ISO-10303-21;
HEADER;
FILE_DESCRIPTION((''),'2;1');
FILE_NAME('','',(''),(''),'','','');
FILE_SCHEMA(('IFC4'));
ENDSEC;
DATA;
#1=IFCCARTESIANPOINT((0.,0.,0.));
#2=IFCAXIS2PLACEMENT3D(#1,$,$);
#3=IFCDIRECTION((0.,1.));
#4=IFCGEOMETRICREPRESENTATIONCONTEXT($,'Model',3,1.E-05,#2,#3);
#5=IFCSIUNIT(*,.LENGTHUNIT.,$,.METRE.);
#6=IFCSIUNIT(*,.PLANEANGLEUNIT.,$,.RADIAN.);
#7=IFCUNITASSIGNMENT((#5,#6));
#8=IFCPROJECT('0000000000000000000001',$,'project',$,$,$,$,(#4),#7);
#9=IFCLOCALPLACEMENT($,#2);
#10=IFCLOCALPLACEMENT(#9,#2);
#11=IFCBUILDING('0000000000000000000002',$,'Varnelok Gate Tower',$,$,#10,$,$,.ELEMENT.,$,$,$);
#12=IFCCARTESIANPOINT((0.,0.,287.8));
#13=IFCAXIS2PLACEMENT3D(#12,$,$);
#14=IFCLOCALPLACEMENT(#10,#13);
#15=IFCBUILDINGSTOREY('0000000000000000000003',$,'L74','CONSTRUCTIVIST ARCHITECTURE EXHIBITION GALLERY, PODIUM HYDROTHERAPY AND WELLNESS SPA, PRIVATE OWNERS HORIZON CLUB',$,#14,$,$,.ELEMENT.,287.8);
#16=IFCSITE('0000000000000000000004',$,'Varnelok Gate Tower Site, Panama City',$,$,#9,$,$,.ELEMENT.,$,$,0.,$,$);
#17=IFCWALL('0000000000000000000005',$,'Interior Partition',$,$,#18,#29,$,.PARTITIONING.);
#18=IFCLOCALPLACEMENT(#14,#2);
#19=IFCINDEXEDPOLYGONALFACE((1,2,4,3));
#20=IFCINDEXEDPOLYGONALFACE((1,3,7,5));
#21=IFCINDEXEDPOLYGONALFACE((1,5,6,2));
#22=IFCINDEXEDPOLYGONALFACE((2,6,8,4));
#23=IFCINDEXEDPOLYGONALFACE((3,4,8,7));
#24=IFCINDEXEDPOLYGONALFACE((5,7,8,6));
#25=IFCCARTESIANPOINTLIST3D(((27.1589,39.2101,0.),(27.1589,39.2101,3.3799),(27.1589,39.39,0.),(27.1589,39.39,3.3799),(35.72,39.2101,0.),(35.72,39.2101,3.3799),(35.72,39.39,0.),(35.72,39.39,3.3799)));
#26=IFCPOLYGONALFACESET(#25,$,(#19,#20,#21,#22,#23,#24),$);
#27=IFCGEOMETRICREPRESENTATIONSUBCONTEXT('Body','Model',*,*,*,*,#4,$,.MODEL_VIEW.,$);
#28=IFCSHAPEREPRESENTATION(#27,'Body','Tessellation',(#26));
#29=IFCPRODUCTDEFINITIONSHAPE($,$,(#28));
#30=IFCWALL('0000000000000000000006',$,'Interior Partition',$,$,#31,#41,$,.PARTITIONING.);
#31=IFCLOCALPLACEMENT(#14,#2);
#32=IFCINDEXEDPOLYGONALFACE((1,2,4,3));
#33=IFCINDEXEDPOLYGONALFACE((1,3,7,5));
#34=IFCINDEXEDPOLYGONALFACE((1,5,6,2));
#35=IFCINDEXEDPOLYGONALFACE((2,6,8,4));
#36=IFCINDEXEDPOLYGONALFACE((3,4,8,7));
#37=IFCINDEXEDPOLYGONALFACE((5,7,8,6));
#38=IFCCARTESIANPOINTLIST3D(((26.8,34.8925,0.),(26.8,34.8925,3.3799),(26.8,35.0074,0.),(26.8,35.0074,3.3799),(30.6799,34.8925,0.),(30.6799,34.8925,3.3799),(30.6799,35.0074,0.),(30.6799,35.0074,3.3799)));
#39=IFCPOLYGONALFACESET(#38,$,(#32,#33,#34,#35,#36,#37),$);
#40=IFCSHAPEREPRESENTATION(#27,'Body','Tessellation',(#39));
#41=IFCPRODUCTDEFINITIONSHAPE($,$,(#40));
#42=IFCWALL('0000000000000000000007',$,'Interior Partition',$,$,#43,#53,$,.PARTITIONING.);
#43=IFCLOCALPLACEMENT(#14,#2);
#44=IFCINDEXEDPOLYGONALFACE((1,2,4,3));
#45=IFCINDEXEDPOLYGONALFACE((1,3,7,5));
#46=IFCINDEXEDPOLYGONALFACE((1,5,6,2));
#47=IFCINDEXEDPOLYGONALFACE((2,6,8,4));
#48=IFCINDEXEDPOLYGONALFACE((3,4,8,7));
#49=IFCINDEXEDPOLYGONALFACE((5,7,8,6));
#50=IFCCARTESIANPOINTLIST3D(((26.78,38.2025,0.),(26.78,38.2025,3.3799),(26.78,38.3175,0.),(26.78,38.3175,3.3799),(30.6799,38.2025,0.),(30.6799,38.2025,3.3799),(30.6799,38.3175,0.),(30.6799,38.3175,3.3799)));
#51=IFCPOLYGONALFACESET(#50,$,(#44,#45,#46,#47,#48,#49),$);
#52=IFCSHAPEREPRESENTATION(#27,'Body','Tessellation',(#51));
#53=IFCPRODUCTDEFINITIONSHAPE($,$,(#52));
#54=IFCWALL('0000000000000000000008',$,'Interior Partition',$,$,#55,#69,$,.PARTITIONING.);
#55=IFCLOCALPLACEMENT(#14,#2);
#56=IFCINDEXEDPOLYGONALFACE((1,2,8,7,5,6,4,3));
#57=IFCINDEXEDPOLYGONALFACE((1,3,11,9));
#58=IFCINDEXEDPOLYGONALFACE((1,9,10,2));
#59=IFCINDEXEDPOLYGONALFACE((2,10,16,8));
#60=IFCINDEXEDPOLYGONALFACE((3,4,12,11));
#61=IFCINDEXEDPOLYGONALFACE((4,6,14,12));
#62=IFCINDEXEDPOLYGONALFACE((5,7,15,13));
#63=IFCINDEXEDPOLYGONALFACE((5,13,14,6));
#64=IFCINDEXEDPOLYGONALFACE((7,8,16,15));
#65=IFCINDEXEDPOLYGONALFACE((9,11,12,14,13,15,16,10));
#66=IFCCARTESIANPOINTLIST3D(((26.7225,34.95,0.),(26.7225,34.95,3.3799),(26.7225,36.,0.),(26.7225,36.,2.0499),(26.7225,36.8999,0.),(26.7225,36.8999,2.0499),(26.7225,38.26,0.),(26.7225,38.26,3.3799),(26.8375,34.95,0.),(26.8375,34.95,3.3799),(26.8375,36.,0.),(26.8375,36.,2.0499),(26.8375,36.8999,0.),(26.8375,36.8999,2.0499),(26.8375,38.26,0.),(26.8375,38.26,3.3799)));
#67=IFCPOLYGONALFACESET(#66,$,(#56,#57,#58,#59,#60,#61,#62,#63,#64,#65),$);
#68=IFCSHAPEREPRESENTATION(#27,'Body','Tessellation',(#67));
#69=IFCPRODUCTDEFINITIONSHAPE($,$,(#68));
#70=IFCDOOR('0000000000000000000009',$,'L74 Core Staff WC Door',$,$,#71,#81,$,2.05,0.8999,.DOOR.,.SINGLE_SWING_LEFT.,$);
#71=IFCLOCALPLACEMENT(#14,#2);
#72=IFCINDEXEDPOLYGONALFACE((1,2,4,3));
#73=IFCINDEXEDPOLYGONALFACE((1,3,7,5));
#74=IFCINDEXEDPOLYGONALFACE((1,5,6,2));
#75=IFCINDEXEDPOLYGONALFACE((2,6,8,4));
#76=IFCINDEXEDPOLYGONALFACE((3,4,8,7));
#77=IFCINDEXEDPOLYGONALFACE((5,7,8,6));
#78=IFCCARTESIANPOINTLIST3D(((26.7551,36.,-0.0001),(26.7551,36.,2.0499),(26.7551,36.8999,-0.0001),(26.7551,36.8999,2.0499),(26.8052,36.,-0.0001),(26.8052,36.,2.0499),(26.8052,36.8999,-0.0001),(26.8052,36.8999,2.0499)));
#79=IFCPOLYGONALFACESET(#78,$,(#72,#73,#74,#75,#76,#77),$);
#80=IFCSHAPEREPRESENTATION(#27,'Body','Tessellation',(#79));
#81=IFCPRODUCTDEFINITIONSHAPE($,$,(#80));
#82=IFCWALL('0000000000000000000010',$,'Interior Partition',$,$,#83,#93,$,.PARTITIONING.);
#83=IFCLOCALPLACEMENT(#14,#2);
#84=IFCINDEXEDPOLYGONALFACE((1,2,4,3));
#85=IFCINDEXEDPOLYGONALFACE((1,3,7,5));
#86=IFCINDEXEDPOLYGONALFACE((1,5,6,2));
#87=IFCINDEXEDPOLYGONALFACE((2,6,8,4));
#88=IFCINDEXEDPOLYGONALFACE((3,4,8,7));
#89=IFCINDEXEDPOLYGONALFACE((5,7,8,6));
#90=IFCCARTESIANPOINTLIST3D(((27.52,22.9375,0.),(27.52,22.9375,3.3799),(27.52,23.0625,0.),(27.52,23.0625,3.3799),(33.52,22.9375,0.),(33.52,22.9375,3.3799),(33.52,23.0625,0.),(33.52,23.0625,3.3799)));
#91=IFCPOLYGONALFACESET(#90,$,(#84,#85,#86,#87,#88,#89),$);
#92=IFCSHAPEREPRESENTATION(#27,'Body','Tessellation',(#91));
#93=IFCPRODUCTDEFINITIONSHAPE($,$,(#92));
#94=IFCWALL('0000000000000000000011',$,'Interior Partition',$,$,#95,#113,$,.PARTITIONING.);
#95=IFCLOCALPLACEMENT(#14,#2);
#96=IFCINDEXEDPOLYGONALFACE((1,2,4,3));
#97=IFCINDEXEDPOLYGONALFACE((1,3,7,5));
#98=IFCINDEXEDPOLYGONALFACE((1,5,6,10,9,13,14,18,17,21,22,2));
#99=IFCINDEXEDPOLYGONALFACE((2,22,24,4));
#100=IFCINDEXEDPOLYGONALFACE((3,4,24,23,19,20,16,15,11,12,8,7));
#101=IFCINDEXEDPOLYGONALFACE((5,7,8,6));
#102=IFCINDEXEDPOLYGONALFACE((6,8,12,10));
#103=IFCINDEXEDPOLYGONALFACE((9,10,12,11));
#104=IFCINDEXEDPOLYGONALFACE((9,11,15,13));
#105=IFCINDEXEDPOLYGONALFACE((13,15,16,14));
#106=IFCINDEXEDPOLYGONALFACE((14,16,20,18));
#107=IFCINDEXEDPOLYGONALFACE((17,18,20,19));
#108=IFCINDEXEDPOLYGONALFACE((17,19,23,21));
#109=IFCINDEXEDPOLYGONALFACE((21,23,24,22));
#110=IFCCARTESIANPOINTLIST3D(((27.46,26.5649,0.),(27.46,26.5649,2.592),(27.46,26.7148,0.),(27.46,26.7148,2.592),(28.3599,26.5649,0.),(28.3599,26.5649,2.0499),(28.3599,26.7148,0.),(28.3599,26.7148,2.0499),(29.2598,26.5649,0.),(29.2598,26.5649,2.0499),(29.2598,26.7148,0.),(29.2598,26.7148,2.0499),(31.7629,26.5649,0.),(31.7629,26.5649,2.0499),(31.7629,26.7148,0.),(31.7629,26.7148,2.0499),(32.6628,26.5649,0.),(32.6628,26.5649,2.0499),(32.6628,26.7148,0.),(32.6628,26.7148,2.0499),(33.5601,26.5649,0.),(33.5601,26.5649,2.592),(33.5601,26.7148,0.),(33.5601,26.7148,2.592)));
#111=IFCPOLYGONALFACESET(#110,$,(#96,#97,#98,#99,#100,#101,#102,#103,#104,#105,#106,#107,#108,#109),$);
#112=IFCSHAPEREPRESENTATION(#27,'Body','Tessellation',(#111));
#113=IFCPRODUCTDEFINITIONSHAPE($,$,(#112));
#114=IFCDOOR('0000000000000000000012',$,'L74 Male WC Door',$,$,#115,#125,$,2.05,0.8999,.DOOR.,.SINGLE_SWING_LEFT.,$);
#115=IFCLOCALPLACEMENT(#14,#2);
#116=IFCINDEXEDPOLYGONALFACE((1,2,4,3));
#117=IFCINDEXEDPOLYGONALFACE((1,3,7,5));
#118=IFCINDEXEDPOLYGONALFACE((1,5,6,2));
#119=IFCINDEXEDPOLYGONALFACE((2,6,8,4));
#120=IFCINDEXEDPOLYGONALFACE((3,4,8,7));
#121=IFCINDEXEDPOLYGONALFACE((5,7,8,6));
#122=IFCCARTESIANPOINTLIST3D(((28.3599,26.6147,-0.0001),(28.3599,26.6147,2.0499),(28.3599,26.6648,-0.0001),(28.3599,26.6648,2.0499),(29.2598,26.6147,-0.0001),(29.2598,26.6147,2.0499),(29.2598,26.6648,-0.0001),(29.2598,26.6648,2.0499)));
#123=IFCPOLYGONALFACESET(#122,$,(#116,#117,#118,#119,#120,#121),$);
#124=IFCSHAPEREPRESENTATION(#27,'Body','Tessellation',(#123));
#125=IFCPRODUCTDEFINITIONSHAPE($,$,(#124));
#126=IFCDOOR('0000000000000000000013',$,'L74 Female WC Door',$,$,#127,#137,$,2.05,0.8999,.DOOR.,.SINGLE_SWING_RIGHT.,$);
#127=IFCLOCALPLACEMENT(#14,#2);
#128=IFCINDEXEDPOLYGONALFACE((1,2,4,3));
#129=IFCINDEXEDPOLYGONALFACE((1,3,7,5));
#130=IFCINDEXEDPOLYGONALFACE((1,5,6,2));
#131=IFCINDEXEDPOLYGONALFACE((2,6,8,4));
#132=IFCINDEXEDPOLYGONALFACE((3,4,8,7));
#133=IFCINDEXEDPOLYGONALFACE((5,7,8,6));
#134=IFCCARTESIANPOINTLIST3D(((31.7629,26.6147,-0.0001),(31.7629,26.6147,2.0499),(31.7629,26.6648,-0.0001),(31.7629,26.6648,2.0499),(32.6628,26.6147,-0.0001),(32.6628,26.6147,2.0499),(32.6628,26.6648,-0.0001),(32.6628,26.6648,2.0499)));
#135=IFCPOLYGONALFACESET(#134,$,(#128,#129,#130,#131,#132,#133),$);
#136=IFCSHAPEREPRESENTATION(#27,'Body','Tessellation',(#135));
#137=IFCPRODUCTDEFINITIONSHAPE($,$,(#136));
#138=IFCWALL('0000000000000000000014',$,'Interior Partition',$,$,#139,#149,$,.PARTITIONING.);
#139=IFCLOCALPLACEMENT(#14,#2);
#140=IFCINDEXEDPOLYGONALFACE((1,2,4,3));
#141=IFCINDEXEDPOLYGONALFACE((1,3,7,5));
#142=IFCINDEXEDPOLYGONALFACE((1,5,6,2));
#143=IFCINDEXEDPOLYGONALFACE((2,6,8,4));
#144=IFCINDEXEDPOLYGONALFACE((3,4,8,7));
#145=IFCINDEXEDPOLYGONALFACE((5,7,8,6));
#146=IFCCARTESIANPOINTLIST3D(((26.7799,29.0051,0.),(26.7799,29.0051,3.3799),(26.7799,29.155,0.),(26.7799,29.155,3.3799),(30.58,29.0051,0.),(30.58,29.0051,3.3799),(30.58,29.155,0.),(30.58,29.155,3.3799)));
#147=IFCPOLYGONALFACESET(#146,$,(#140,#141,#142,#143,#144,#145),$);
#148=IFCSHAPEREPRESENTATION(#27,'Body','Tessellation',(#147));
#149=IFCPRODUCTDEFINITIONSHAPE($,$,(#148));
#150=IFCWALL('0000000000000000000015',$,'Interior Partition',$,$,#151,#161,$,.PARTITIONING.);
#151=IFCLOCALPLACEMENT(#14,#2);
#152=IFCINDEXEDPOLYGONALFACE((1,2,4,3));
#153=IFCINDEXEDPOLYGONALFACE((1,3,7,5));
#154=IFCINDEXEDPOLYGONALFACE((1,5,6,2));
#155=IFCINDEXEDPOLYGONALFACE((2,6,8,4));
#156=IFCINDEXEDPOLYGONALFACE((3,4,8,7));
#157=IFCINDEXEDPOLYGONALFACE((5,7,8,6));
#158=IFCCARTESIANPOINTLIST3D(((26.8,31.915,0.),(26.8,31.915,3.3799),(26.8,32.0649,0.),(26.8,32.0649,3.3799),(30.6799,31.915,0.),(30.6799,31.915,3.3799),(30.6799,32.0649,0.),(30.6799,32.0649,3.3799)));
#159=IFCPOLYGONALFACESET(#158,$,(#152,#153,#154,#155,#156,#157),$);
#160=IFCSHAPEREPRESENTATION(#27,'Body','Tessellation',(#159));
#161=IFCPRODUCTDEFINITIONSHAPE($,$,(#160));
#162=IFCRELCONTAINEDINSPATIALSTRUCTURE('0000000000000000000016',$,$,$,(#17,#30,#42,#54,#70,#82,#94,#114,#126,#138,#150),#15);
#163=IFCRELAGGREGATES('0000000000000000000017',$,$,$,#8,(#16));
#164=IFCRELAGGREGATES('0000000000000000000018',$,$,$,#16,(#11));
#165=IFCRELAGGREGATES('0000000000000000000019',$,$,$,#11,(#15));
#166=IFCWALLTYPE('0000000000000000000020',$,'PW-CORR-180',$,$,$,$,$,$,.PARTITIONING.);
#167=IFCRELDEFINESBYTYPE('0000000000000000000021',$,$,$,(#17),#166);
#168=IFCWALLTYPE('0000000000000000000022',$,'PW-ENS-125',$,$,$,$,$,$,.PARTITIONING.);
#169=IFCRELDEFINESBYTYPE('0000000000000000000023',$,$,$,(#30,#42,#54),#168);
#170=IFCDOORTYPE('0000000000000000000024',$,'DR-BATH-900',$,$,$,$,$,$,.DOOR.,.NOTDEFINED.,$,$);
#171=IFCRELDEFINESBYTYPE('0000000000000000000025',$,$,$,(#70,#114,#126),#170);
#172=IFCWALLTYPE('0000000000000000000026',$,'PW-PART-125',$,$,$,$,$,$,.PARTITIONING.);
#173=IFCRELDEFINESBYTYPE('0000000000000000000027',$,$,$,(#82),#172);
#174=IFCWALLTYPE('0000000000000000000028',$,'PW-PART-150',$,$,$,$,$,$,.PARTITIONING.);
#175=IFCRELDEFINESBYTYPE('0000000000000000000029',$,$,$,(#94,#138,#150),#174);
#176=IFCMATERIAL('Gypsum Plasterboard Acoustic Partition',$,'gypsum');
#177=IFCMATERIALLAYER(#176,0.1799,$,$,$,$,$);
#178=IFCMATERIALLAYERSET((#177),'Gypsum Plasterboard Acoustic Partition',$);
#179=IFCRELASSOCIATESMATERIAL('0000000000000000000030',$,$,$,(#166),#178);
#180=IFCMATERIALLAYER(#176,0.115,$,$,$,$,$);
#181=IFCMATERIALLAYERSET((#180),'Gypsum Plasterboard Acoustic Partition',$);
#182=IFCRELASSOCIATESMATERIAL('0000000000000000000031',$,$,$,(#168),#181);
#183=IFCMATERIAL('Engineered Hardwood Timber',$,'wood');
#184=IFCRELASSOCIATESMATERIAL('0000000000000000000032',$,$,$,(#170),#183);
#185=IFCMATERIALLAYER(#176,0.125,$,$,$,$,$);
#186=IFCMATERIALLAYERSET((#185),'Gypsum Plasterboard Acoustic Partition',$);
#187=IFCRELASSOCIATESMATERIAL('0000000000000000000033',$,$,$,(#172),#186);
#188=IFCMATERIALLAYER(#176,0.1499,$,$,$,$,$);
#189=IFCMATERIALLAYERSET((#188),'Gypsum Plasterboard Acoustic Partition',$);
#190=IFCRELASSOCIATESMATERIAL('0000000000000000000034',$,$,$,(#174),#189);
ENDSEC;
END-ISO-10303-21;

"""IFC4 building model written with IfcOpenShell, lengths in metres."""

from ifc_helpers import new_model, si_unit, direction, frame, frame_2d, origin, place, context, subcontext, project, spatial, rectangle, extrude, material, layer, layer_set, type_object, element, fill, save


model = new_model("IFC4")

# Units and contexts
model_context = context("Model", 3, precision=1e-05, world=origin(), true_north=direction((0.0, 1.0)))
body_context = subcontext(model_context, "Body", "Model", "MODEL_VIEW")
ifc_project = project(units=[si_unit("LENGTHUNIT", "METRE"), si_unit("PLANEANGLEUNIT", "RADIAN")], contexts=[model_context])

# Site, building, storey
site_placement = place(None, origin())
site = spatial("IfcSite", under=ifc_project, at=site_placement, Name="Varnelok Gate Tower Site, Panama City", CompositionType="ELEMENT", RefElevation=0.0)
building_placement = place(site_placement, origin())
building = spatial("IfcBuilding", under=site, at=building_placement, Name="Varnelok Gate Tower", CompositionType="ELEMENT")
storey_placement = place(building_placement, frame((0.0, 0.0, 287.8)))
storey = spatial("IfcBuildingStorey", under=building, at=storey_placement, Name="L74", Description="CONSTRUCTIVIST ARCHITECTURE EXHIBITION GALLERY, PODIUM HYDROTHERAPY AND WELLNESS SPA, PRIVATE OWNERS HORIZON CLUB", CompositionType="ELEMENT", Elevation=287.8)

# Walls
ifc_material_1 = material(Name="Gypsum Plasterboard Acoustic Partition", Category="gypsum")
ifc_layer_1 = layer(ifc_material_1, 0.1799)
ifc_layer_set_1 = layer_set([ifc_layer_1], Name="Gypsum Plasterboard Acoustic Partition")
wall_type_1 = type_object("IfcWallType", Name="PW-CORR-180", PredefinedType="PARTITIONING", material=ifc_layer_set_1)
wall_1_placement = place(storey_placement, frame((27.1589, 39.3, 0.0), z_axis=(0.0, 0.0, 1.0), x_axis=(1.0, 0.0, 0.0)))
element("IfcWall", 1, at=wall_1_placement, inside=storey, type_object=wall_type_1, Name="Interior Partition", PredefinedType="PARTITIONING", context=body_context, shape_type="SweptSolid", body=[
    extrude(rectangle(XDim=8.561, YDim=0.1799, at=frame_2d((4.2805, 0.0))), origin(), (0.0, 0.0, 1.0), 3.3799),
])
ifc_layer_2 = layer(ifc_material_1, 0.115)
ifc_layer_set_2 = layer_set([ifc_layer_2], Name="Gypsum Plasterboard Acoustic Partition")
wall_type_2 = type_object("IfcWallType", Name="PW-ENS-125", PredefinedType="PARTITIONING", material=ifc_layer_set_2)
wall_2_placement = place(storey_placement, frame((26.8, 34.95, 0.0), z_axis=(0.0, 0.0, 1.0), x_axis=(1.0, 0.0, 0.0)))
element("IfcWall", 2, at=wall_2_placement, inside=storey, type_object=wall_type_2, Name="Interior Partition", PredefinedType="PARTITIONING", context=body_context, shape_type="SweptSolid", body=[
    extrude(rectangle(XDim=3.8799, YDim=0.115, at=frame_2d((1.9399, 0.0))), origin(), (0.0, 0.0, 1.0), 3.3799),
])
wall_3_placement = place(storey_placement, frame((26.78, 38.26, 0.0), z_axis=(0.0, 0.0, 1.0), x_axis=(1.0, 0.0, 0.0)))
element("IfcWall", 3, at=wall_3_placement, inside=storey, type_object=wall_type_2, Name="Interior Partition", PredefinedType="PARTITIONING", context=body_context, shape_type="SweptSolid", body=[
    extrude(rectangle(XDim=3.8999, YDim=0.115, at=frame_2d((1.95, 0.0))), origin(), (0.0, 0.0, 1.0), 3.3799),
])

# Wall, opening, door
wall_4_placement = place(storey_placement, frame((26.78, 34.95, 0.0), z_axis=(0.0, 0.0, 1.0), x_axis=(0.0, 1.0, 0.0)))
wall_4 = element("IfcWall", 4, at=wall_4_placement, inside=storey, type_object=wall_type_2, Name="Interior Partition", PredefinedType="PARTITIONING", context=body_context, shape_type="SweptSolid", body=[
    extrude(rectangle(XDim=3.3101, YDim=0.115, at=frame_2d((1.655, 0.0))), origin(), (0.0, 0.0, 1.0), 3.3799),
])
opening_1_placement = place(wall_4_placement, frame((1.05, 0.0, 0.0)))
opening_1 = element("IfcOpeningElement", 5, at=opening_1_placement, cuts=wall_4, PredefinedType="OPENING", context=body_context, shape_type="SweptSolid", body=[
    extrude(rectangle(XDim=0.8999, YDim=2.05, at=frame_2d((0.45, 1.0249))), frame((0.0, 0.0674, 0.0), z_axis=(0.0, -1.0, 0.0), x_axis=(1.0, 0.0, 0.0)), (0.0, 0.0, 1.0), 0.135),
])
ifc_material_2 = material(Name="Engineered Hardwood Timber", Category="wood")
door_type_1 = type_object("IfcDoorType", Name="DR-BATH-900", OperationType="NOTDEFINED", PredefinedType="DOOR", material=ifc_material_2)
door_1_placement = place(opening_1_placement, origin())
door_1 = element("IfcDoor", 6, at=door_1_placement, inside=storey, type_object=door_type_1, Name="L74 Core Staff WC Door", OperationType="SINGLE_SWING_LEFT", OverallHeight=2.05, OverallWidth=0.8999, PredefinedType="DOOR", context=body_context, shape_type="SweptSolid", body=[
    extrude(rectangle(XDim=0.8999, YDim=2.05, at=frame_2d((0.45, 1.0249))), frame((0.0, 0.0249, 0.0), z_axis=(0.0, -1.0, 0.0), x_axis=(1.0, 0.0, 0.0)), (0.0, 0.0, 1.0), 0.05),
])
fill(opening_1, door_1)

# Wall
ifc_layer_3 = layer(ifc_material_1, 0.125)
ifc_layer_set_3 = layer_set([ifc_layer_3], Name="Gypsum Plasterboard Acoustic Partition")
wall_type_3 = type_object("IfcWallType", Name="PW-PART-125", PredefinedType="PARTITIONING", material=ifc_layer_set_3)
wall_5_placement = place(storey_placement, frame((27.52, 23.0, 0.0), z_axis=(0.0, 0.0, 1.0), x_axis=(1.0, 0.0, 0.0)))
element("IfcWall", 7, at=wall_5_placement, inside=storey, type_object=wall_type_3, Name="Interior Partition", PredefinedType="PARTITIONING", context=body_context, shape_type="SweptSolid", body=[
    extrude(rectangle(XDim=6.0, YDim=0.125, at=frame_2d((3.0, 0.0))), origin(), (0.0, 0.0, 1.0), 3.3799),
])

# Wall, openings, doors
ifc_layer_4 = layer(ifc_material_1, 0.1499)
ifc_layer_set_4 = layer_set([ifc_layer_4], Name="Gypsum Plasterboard Acoustic Partition")
wall_type_4 = type_object("IfcWallType", Name="PW-PART-150", PredefinedType="PARTITIONING", material=ifc_layer_set_4)
wall_6_placement = place(storey_placement, frame((27.46, 26.6399, 0.0), z_axis=(0.0, 0.0, 1.0), x_axis=(1.0, 0.0, 0.0)))
wall_6 = element("IfcWall", 8, at=wall_6_placement, inside=storey, type_object=wall_type_4, Name="Interior Partition", PredefinedType="PARTITIONING", context=body_context, shape_type="SweptSolid", body=[
    extrude(rectangle(XDim=6.1001, YDim=0.1499, at=frame_2d((3.05, 0.0))), origin(), (0.0, 0.0, 1.0), 2.592),
])
opening_2_placement = place(wall_6_placement, frame((0.8999, 0.0, 0.0)))
opening_2 = element("IfcOpeningElement", 9, at=opening_2_placement, cuts=wall_6, PredefinedType="OPENING", context=body_context, shape_type="SweptSolid", body=[
    extrude(rectangle(XDim=0.8999, YDim=2.05, at=frame_2d((0.45, 1.0249))), frame((0.0, 0.085, 0.0), z_axis=(0.0, -1.0, 0.0), x_axis=(1.0, 0.0, 0.0)), (0.0, 0.0, 1.0), 0.1699),
])
opening_3_placement = place(wall_6_placement, frame((4.303, 0.0, 0.0)))
opening_3 = element("IfcOpeningElement", 10, at=opening_3_placement, cuts=wall_6, PredefinedType="OPENING", context=body_context, shape_type="SweptSolid", body=[
    extrude(rectangle(XDim=0.8999, YDim=2.05, at=frame_2d((0.45, 1.0249))), frame((0.0, 0.085, 0.0), z_axis=(0.0, -1.0, 0.0), x_axis=(1.0, 0.0, 0.0)), (0.0, 0.0, 1.0), 0.1699),
])
door_2_placement = place(opening_2_placement, origin())
door_2 = element("IfcDoor", 11, at=door_2_placement, inside=storey, type_object=door_type_1, Name="L74 Male WC Door", OperationType="SINGLE_SWING_LEFT", OverallHeight=2.05, OverallWidth=0.8999, PredefinedType="DOOR", context=body_context, shape_type="SweptSolid", body=[
    extrude(rectangle(XDim=0.8999, YDim=2.05, at=frame_2d((0.45, 1.0249))), frame((0.0, 0.0249, 0.0), z_axis=(0.0, -1.0, 0.0), x_axis=(1.0, 0.0, 0.0)), (0.0, 0.0, 1.0), 0.05),
])
fill(opening_2, door_2)
door_3_placement = place(opening_3_placement, origin())
door_3 = element("IfcDoor", 12, at=door_3_placement, inside=storey, type_object=door_type_1, Name="L74 Female WC Door", OperationType="SINGLE_SWING_RIGHT", OverallHeight=2.05, OverallWidth=0.8999, PredefinedType="DOOR", context=body_context, shape_type="SweptSolid", body=[
    extrude(rectangle(XDim=0.8999, YDim=2.05, at=frame_2d((0.45, 1.0249))), frame((0.0, 0.0249, 0.0), z_axis=(0.0, -1.0, 0.0), x_axis=(1.0, 0.0, 0.0)), (0.0, 0.0, 1.0), 0.05),
])
fill(opening_3, door_3)

# Walls
wall_7_placement = place(storey_placement, frame((26.78, 29.0801, 0.0), z_axis=(0.0, 0.0, 1.0), x_axis=(1.0, 0.0, 0.0)))
element("IfcWall", 13, at=wall_7_placement, inside=storey, type_object=wall_type_4, Name="Interior Partition", PredefinedType="PARTITIONING", context=body_context, shape_type="SweptSolid", body=[
    extrude(rectangle(XDim=3.8, YDim=0.1499, at=frame_2d((1.8999, 0.0))), origin(), (0.0, 0.0, 1.0), 3.3799),
])
wall_8_placement = place(storey_placement, frame((26.8, 31.99, 0.0), z_axis=(0.0, 0.0, 1.0), x_axis=(1.0, 0.0, 0.0)))
element("IfcWall", 14, at=wall_8_placement, inside=storey, type_object=wall_type_4, Name="Interior Partition", PredefinedType="PARTITIONING", context=body_context, shape_type="SweptSolid", body=[
    extrude(rectangle(XDim=3.8799, YDim=0.1499, at=frame_2d((1.9399, 0.0))), origin(), (0.0, 0.0, 1.0), 3.3799),
])

save(model, "model.ifc")
